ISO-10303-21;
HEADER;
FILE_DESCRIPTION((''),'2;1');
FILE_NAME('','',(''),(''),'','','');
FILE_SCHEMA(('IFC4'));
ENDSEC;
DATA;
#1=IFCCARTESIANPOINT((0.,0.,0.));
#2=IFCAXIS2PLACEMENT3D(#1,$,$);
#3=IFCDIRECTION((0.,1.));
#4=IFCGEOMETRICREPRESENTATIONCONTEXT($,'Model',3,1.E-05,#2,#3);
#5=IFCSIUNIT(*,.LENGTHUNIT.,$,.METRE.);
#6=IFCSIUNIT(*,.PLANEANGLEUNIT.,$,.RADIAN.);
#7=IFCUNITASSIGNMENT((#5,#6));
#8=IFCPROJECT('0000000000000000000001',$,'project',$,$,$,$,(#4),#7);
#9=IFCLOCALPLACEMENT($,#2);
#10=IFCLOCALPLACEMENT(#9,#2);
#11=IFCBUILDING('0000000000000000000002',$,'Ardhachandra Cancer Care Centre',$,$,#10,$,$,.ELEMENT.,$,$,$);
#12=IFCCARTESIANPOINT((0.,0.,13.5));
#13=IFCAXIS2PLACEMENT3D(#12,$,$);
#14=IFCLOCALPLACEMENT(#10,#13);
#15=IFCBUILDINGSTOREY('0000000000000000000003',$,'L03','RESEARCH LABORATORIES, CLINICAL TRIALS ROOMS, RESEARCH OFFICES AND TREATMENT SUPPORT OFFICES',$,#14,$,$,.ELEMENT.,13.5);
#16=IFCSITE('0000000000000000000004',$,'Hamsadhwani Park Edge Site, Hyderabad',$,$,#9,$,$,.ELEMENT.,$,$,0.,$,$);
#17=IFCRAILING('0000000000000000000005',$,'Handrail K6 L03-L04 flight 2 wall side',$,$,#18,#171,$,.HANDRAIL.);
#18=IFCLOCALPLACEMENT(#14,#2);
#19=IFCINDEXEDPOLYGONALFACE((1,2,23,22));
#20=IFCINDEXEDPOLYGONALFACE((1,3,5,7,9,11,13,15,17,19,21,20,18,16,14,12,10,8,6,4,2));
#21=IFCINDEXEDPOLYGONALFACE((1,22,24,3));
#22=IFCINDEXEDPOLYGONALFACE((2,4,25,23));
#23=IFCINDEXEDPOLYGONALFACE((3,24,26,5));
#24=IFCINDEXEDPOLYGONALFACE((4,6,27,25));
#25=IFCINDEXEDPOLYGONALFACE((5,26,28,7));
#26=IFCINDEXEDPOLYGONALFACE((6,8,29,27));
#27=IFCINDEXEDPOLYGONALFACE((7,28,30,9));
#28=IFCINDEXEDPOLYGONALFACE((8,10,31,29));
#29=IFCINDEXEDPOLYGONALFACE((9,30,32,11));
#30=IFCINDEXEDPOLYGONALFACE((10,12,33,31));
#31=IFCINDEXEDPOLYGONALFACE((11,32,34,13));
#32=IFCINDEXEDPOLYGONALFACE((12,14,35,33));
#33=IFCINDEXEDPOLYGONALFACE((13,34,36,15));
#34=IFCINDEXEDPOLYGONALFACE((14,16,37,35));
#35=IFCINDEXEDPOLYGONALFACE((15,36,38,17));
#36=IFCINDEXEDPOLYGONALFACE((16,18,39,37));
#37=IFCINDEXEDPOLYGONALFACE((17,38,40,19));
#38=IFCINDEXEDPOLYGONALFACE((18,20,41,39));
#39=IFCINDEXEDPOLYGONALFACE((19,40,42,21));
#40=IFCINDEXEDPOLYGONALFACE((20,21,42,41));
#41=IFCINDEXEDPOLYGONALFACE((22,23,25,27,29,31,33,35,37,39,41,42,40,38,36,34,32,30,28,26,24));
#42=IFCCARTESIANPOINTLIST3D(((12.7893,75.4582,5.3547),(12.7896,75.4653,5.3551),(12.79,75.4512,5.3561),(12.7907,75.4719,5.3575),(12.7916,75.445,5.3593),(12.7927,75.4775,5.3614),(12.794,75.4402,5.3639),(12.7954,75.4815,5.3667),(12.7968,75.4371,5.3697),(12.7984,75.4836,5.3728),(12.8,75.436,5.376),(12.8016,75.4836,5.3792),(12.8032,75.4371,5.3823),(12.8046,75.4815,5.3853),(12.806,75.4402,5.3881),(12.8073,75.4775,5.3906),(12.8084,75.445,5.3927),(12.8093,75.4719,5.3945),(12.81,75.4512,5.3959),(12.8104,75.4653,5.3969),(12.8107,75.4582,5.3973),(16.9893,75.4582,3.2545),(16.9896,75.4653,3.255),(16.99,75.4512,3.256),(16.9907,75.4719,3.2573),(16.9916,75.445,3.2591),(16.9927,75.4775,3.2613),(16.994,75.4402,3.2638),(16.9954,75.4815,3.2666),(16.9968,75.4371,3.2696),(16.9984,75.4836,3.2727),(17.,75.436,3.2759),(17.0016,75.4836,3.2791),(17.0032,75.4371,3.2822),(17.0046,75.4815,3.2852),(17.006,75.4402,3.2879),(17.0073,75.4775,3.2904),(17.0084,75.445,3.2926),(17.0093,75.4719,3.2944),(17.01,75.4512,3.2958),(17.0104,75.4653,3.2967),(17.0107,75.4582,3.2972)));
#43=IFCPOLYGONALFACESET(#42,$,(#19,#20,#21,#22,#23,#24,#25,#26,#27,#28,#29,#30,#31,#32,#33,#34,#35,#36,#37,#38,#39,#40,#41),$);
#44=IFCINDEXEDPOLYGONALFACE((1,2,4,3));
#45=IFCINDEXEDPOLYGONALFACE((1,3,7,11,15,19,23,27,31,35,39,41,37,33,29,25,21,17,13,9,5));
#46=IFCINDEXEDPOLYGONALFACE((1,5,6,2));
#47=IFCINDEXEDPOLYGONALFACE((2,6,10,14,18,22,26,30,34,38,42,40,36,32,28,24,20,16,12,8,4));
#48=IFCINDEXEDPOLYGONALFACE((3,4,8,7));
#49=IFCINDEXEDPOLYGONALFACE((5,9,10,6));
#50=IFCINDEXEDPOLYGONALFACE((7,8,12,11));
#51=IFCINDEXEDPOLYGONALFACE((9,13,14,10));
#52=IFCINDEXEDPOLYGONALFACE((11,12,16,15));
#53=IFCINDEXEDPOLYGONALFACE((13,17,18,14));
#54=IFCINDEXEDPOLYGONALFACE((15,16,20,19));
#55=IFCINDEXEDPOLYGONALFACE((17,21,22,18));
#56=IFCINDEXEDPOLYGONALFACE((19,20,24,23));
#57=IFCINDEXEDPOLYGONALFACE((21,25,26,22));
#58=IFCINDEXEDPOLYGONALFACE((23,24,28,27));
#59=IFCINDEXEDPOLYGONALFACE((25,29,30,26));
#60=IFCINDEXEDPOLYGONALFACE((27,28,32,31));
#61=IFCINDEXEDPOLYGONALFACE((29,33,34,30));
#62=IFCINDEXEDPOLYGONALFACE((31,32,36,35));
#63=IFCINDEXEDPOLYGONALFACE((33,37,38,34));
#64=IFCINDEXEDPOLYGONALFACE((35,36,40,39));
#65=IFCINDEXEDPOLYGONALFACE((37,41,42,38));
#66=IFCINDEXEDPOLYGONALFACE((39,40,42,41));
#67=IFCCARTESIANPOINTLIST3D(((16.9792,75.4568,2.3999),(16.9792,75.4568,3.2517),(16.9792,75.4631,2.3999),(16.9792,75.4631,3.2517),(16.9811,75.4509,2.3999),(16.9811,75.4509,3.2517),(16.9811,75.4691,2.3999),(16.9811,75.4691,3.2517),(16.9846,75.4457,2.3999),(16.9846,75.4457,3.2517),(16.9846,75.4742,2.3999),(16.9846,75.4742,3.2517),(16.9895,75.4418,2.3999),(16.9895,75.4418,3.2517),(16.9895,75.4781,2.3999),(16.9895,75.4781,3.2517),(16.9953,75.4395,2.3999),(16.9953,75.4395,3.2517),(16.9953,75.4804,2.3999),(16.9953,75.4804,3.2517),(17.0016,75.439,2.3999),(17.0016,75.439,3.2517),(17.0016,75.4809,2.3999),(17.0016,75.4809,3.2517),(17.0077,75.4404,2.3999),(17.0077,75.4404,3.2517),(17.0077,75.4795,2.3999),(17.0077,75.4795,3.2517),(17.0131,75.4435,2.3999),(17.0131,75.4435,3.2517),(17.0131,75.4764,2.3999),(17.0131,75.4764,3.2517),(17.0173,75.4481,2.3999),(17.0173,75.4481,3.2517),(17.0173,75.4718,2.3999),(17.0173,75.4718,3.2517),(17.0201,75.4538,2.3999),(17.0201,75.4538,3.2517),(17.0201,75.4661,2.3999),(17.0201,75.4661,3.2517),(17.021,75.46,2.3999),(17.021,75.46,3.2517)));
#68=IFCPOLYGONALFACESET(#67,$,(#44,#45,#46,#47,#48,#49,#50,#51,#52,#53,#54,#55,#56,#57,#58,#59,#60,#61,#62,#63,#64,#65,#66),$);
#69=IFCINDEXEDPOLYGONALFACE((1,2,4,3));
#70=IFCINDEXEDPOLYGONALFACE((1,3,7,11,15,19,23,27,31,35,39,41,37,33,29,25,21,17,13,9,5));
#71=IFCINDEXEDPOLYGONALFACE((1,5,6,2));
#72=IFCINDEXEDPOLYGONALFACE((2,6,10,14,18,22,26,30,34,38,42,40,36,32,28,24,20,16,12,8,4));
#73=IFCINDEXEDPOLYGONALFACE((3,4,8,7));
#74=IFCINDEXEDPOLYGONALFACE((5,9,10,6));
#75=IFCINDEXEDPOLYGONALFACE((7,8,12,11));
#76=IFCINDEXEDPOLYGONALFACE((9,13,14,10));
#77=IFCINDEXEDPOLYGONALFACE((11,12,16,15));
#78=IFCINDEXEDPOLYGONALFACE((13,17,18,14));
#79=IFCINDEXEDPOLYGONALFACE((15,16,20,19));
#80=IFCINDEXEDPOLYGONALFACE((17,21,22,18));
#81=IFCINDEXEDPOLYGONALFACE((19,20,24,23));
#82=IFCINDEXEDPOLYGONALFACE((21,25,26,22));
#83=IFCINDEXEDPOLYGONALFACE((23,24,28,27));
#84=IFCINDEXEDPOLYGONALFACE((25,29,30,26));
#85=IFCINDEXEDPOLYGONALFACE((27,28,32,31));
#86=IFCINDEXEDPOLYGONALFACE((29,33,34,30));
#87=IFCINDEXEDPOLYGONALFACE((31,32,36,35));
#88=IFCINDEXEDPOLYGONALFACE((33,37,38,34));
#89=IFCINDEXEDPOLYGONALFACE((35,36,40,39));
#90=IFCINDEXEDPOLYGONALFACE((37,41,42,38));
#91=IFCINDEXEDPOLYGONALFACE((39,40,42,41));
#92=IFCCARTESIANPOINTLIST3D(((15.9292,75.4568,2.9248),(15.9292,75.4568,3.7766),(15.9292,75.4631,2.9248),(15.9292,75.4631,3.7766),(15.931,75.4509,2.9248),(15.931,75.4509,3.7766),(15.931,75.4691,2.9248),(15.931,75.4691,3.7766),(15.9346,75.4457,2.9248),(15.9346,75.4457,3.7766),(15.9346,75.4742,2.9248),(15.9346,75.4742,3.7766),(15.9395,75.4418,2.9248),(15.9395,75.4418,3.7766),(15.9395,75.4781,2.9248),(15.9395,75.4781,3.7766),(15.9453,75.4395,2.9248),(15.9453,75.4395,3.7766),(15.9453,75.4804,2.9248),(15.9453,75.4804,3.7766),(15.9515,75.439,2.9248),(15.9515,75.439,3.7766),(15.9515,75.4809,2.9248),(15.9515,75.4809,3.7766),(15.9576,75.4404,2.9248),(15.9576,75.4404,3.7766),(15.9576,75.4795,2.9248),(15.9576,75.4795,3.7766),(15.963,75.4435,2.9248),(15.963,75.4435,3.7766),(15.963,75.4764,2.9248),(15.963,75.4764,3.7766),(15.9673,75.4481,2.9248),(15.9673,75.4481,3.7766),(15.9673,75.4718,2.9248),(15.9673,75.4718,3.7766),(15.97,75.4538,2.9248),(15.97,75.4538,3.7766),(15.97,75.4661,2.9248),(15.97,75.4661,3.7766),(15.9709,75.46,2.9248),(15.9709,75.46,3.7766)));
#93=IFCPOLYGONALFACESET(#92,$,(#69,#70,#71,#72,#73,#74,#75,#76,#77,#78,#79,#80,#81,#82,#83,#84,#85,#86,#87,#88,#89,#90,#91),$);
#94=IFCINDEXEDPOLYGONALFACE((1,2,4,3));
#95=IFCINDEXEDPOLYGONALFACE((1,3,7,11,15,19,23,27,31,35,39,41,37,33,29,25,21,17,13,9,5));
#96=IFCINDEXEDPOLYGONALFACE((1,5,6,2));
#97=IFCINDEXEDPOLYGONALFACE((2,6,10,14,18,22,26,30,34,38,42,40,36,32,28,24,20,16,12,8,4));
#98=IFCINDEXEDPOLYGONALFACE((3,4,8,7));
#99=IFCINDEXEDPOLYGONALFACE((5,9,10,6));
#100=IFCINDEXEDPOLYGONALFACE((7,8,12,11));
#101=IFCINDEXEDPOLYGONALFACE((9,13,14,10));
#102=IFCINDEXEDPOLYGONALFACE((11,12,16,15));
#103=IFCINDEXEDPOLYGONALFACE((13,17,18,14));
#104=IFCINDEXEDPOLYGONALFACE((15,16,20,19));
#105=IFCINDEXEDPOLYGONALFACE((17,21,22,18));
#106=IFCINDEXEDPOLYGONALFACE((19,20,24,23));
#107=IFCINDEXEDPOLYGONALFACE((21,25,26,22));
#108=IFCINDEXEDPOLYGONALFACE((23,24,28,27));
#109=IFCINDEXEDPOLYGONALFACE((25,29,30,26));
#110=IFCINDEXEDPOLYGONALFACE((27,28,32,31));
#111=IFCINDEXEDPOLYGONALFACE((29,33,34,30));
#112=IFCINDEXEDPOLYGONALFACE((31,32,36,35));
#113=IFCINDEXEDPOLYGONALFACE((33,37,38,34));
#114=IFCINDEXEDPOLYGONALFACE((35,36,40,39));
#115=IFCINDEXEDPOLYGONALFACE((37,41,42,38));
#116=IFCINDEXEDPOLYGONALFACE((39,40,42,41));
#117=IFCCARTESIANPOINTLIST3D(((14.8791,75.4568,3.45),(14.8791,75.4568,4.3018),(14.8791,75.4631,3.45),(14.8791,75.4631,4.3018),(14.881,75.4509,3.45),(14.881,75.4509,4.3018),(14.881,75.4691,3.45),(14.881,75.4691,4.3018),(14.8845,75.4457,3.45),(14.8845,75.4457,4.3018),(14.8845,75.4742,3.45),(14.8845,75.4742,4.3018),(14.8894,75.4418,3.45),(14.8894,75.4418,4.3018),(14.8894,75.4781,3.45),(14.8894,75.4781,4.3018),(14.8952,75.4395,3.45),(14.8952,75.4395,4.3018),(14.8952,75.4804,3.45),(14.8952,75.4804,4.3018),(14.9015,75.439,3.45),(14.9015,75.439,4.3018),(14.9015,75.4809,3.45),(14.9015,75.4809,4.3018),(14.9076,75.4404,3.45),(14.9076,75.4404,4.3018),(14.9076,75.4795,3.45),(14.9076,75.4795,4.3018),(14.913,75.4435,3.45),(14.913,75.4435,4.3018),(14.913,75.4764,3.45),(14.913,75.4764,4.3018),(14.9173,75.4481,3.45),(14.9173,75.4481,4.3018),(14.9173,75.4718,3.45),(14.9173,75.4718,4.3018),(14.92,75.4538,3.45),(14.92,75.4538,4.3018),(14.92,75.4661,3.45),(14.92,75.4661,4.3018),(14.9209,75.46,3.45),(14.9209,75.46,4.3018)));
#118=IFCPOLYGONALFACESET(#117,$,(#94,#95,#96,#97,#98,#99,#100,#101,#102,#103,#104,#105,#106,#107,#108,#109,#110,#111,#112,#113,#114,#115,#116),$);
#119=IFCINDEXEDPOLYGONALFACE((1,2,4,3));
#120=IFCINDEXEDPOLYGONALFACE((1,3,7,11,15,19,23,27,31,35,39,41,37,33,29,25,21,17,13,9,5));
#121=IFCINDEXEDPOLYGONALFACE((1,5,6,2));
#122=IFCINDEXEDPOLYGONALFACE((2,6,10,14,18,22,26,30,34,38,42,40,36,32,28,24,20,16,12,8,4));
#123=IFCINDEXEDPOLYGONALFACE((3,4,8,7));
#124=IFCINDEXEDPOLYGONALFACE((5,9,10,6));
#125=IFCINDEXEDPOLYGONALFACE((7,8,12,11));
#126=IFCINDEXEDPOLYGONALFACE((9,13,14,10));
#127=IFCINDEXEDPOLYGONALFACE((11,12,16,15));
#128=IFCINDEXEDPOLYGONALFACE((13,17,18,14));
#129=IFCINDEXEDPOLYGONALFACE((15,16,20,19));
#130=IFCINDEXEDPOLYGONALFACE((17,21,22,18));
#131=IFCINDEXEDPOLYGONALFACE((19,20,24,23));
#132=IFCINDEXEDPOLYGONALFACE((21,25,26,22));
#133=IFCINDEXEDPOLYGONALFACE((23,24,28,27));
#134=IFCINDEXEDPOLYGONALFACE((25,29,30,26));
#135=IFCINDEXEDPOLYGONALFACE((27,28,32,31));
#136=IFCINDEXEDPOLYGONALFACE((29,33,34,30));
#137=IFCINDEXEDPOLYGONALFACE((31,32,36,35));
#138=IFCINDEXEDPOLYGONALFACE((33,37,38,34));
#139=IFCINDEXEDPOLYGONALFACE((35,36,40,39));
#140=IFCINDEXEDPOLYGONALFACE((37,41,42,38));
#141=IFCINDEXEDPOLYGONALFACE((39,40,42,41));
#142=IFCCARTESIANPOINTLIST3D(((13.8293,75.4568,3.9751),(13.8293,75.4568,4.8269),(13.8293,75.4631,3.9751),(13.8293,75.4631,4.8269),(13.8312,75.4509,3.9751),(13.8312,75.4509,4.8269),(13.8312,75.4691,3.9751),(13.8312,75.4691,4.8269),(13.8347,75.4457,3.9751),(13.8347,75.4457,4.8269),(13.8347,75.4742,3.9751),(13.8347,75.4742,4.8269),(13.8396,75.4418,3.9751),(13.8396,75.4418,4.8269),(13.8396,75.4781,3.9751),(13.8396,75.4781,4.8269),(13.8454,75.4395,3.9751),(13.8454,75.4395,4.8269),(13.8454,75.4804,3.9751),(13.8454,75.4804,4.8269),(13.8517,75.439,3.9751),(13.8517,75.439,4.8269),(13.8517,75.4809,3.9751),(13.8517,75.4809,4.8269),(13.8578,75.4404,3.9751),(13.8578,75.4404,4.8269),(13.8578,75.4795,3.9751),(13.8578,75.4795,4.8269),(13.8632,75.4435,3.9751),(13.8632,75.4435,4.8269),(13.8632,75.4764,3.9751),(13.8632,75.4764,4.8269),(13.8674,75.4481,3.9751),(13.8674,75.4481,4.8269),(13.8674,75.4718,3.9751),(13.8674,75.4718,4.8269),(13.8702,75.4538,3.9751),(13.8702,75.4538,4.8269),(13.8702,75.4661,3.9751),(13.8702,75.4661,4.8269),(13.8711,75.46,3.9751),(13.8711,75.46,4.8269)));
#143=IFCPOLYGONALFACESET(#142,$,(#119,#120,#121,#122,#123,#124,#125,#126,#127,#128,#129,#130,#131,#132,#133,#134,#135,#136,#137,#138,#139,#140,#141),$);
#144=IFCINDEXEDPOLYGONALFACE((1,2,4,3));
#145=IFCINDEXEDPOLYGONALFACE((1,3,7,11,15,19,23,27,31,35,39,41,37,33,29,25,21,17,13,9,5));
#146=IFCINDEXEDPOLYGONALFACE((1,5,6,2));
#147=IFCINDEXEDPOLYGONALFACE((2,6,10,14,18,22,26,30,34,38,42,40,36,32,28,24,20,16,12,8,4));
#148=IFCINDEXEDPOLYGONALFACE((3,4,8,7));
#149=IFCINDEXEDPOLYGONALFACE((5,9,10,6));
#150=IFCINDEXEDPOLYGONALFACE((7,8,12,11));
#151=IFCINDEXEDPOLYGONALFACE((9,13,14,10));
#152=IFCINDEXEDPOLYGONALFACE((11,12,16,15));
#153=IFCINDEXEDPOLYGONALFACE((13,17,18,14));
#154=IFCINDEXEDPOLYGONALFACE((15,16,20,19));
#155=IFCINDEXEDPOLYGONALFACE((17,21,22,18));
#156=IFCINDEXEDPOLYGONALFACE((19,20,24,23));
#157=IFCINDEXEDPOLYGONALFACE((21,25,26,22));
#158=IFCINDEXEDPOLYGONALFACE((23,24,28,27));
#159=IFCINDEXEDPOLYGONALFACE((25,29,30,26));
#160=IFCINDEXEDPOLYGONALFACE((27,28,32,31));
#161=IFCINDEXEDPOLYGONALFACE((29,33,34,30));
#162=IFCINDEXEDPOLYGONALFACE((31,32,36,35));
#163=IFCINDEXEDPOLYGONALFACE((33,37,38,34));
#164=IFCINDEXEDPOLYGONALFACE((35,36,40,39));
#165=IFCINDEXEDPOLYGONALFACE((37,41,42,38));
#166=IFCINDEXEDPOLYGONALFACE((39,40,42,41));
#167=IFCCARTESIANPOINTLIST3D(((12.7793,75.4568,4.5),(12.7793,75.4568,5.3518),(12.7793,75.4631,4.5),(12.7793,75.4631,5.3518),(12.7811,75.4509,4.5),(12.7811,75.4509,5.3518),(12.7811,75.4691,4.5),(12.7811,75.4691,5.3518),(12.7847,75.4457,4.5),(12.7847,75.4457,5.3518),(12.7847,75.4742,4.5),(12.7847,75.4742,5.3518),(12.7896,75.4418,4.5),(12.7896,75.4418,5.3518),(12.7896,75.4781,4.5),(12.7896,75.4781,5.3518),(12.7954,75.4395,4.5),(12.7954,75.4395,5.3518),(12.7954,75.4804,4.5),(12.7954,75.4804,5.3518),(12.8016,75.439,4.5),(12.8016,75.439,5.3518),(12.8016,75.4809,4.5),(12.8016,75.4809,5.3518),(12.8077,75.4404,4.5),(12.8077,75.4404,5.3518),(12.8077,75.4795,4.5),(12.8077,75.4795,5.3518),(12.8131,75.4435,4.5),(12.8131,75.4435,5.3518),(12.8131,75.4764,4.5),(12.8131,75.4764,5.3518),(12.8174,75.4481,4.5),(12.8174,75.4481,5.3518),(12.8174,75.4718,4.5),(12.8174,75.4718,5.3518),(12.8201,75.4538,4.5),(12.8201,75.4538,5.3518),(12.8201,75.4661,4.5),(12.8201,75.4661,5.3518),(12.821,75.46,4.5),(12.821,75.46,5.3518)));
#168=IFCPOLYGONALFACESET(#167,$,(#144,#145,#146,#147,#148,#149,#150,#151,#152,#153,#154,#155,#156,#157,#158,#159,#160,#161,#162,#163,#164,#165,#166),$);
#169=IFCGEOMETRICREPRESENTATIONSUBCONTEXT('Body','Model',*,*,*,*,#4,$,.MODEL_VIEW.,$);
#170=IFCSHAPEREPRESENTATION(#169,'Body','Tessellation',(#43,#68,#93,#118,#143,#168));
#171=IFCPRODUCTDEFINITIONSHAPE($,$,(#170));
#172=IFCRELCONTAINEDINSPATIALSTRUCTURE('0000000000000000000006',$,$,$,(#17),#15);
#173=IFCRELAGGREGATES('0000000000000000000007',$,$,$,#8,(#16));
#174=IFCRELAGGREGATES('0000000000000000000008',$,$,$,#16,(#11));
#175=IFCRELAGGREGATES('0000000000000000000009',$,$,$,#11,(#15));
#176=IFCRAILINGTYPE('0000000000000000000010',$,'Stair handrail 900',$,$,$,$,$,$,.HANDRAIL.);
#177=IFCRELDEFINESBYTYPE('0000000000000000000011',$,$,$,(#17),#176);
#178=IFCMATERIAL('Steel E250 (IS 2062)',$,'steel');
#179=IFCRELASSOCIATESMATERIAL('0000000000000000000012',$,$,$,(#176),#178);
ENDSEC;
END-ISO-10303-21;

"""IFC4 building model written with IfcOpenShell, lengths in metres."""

from ifc_helpers import new_model, si_unit, direction, frame, origin, origin_2d, place, context, subcontext, project, spatial, circle, extrude, material, type_object, element, save


model = new_model("IFC4")

# Units and contexts
model_context = context("Model", 3, precision=1e-05, world=origin(), true_north=direction((0.0, 1.0)))
body_context = subcontext(model_context, "Body", "Model", "MODEL_VIEW")
ifc_project = project(units=[si_unit("LENGTHUNIT", "METRE"), si_unit("PLANEANGLEUNIT", "RADIAN")], contexts=[model_context])

# Site, building, storey
site_placement = place(None, origin())
site = spatial("IfcSite", under=ifc_project, at=site_placement, Name="Hamsadhwani Park Edge Site, Hyderabad", CompositionType="ELEMENT", RefElevation=0.0)
building_placement = place(site_placement, origin())
building = spatial("IfcBuilding", under=site, at=building_placement, Name="Ardhachandra Cancer Care Centre", CompositionType="ELEMENT")
storey_placement = place(building_placement, frame((0.0, 0.0, 13.5)))
storey = spatial("IfcBuildingStorey", under=building, at=storey_placement, Name="L03", Description="RESEARCH LABORATORIES, CLINICAL TRIALS ROOMS, RESEARCH OFFICES AND TREATMENT SUPPORT OFFICES", CompositionType="ELEMENT", Elevation=13.5)

# Railing
ifc_material_1 = material(Name="Steel E250 (IS 2062)", Category="steel")
railing_type = type_object("IfcRailingType", Name="Stair handrail 900", PredefinedType="HANDRAIL", material=ifc_material_1)
for number, where, name in (
    (1, (17.0, 75.46, 2.3999), "Handrail K6 L03-L04 flight 2 wall side"),
):
    element("IfcRailing", number, at=place(storey_placement, frame(where)), inside=storey, type_object=railing_type, Name=name, PredefinedType="HANDRAIL", context=body_context, shape_type="SweptSolid", body=[
        extrude(circle(Radius=0.0239, at=origin_2d()), frame((0.0, 0.0, 0.876), z_axis=(-0.894417, 0.0, 0.447234), x_axis=(0.0, -1.0, 0.0)), (0.0, 0.0, 1.0), 4.6958),
        extrude(circle(Radius=0.021, at=origin_2d()), origin(), (0.0, 0.0, 1.0), 0.8518),
        extrude(circle(Radius=0.021, at=origin_2d()), frame((-1.05, 0.0, 0.5249)), (0.0, 0.0, 1.0), 0.8518),
        extrude(circle(Radius=0.021, at=origin_2d()), frame((-2.1001, 0.0, 1.05)), (0.0, 0.0, 1.0), 0.8518),
        extrude(circle(Radius=0.021, at=origin_2d()), frame((-3.1499, 0.0, 1.5752)), (0.0, 0.0, 1.0), 0.8518),
        extrude(circle(Radius=0.021, at=origin_2d()), frame((-4.2, 0.0, 2.1001)), (0.0, 0.0, 1.0), 0.8518),
    ])

save(model, "model.ifc")
